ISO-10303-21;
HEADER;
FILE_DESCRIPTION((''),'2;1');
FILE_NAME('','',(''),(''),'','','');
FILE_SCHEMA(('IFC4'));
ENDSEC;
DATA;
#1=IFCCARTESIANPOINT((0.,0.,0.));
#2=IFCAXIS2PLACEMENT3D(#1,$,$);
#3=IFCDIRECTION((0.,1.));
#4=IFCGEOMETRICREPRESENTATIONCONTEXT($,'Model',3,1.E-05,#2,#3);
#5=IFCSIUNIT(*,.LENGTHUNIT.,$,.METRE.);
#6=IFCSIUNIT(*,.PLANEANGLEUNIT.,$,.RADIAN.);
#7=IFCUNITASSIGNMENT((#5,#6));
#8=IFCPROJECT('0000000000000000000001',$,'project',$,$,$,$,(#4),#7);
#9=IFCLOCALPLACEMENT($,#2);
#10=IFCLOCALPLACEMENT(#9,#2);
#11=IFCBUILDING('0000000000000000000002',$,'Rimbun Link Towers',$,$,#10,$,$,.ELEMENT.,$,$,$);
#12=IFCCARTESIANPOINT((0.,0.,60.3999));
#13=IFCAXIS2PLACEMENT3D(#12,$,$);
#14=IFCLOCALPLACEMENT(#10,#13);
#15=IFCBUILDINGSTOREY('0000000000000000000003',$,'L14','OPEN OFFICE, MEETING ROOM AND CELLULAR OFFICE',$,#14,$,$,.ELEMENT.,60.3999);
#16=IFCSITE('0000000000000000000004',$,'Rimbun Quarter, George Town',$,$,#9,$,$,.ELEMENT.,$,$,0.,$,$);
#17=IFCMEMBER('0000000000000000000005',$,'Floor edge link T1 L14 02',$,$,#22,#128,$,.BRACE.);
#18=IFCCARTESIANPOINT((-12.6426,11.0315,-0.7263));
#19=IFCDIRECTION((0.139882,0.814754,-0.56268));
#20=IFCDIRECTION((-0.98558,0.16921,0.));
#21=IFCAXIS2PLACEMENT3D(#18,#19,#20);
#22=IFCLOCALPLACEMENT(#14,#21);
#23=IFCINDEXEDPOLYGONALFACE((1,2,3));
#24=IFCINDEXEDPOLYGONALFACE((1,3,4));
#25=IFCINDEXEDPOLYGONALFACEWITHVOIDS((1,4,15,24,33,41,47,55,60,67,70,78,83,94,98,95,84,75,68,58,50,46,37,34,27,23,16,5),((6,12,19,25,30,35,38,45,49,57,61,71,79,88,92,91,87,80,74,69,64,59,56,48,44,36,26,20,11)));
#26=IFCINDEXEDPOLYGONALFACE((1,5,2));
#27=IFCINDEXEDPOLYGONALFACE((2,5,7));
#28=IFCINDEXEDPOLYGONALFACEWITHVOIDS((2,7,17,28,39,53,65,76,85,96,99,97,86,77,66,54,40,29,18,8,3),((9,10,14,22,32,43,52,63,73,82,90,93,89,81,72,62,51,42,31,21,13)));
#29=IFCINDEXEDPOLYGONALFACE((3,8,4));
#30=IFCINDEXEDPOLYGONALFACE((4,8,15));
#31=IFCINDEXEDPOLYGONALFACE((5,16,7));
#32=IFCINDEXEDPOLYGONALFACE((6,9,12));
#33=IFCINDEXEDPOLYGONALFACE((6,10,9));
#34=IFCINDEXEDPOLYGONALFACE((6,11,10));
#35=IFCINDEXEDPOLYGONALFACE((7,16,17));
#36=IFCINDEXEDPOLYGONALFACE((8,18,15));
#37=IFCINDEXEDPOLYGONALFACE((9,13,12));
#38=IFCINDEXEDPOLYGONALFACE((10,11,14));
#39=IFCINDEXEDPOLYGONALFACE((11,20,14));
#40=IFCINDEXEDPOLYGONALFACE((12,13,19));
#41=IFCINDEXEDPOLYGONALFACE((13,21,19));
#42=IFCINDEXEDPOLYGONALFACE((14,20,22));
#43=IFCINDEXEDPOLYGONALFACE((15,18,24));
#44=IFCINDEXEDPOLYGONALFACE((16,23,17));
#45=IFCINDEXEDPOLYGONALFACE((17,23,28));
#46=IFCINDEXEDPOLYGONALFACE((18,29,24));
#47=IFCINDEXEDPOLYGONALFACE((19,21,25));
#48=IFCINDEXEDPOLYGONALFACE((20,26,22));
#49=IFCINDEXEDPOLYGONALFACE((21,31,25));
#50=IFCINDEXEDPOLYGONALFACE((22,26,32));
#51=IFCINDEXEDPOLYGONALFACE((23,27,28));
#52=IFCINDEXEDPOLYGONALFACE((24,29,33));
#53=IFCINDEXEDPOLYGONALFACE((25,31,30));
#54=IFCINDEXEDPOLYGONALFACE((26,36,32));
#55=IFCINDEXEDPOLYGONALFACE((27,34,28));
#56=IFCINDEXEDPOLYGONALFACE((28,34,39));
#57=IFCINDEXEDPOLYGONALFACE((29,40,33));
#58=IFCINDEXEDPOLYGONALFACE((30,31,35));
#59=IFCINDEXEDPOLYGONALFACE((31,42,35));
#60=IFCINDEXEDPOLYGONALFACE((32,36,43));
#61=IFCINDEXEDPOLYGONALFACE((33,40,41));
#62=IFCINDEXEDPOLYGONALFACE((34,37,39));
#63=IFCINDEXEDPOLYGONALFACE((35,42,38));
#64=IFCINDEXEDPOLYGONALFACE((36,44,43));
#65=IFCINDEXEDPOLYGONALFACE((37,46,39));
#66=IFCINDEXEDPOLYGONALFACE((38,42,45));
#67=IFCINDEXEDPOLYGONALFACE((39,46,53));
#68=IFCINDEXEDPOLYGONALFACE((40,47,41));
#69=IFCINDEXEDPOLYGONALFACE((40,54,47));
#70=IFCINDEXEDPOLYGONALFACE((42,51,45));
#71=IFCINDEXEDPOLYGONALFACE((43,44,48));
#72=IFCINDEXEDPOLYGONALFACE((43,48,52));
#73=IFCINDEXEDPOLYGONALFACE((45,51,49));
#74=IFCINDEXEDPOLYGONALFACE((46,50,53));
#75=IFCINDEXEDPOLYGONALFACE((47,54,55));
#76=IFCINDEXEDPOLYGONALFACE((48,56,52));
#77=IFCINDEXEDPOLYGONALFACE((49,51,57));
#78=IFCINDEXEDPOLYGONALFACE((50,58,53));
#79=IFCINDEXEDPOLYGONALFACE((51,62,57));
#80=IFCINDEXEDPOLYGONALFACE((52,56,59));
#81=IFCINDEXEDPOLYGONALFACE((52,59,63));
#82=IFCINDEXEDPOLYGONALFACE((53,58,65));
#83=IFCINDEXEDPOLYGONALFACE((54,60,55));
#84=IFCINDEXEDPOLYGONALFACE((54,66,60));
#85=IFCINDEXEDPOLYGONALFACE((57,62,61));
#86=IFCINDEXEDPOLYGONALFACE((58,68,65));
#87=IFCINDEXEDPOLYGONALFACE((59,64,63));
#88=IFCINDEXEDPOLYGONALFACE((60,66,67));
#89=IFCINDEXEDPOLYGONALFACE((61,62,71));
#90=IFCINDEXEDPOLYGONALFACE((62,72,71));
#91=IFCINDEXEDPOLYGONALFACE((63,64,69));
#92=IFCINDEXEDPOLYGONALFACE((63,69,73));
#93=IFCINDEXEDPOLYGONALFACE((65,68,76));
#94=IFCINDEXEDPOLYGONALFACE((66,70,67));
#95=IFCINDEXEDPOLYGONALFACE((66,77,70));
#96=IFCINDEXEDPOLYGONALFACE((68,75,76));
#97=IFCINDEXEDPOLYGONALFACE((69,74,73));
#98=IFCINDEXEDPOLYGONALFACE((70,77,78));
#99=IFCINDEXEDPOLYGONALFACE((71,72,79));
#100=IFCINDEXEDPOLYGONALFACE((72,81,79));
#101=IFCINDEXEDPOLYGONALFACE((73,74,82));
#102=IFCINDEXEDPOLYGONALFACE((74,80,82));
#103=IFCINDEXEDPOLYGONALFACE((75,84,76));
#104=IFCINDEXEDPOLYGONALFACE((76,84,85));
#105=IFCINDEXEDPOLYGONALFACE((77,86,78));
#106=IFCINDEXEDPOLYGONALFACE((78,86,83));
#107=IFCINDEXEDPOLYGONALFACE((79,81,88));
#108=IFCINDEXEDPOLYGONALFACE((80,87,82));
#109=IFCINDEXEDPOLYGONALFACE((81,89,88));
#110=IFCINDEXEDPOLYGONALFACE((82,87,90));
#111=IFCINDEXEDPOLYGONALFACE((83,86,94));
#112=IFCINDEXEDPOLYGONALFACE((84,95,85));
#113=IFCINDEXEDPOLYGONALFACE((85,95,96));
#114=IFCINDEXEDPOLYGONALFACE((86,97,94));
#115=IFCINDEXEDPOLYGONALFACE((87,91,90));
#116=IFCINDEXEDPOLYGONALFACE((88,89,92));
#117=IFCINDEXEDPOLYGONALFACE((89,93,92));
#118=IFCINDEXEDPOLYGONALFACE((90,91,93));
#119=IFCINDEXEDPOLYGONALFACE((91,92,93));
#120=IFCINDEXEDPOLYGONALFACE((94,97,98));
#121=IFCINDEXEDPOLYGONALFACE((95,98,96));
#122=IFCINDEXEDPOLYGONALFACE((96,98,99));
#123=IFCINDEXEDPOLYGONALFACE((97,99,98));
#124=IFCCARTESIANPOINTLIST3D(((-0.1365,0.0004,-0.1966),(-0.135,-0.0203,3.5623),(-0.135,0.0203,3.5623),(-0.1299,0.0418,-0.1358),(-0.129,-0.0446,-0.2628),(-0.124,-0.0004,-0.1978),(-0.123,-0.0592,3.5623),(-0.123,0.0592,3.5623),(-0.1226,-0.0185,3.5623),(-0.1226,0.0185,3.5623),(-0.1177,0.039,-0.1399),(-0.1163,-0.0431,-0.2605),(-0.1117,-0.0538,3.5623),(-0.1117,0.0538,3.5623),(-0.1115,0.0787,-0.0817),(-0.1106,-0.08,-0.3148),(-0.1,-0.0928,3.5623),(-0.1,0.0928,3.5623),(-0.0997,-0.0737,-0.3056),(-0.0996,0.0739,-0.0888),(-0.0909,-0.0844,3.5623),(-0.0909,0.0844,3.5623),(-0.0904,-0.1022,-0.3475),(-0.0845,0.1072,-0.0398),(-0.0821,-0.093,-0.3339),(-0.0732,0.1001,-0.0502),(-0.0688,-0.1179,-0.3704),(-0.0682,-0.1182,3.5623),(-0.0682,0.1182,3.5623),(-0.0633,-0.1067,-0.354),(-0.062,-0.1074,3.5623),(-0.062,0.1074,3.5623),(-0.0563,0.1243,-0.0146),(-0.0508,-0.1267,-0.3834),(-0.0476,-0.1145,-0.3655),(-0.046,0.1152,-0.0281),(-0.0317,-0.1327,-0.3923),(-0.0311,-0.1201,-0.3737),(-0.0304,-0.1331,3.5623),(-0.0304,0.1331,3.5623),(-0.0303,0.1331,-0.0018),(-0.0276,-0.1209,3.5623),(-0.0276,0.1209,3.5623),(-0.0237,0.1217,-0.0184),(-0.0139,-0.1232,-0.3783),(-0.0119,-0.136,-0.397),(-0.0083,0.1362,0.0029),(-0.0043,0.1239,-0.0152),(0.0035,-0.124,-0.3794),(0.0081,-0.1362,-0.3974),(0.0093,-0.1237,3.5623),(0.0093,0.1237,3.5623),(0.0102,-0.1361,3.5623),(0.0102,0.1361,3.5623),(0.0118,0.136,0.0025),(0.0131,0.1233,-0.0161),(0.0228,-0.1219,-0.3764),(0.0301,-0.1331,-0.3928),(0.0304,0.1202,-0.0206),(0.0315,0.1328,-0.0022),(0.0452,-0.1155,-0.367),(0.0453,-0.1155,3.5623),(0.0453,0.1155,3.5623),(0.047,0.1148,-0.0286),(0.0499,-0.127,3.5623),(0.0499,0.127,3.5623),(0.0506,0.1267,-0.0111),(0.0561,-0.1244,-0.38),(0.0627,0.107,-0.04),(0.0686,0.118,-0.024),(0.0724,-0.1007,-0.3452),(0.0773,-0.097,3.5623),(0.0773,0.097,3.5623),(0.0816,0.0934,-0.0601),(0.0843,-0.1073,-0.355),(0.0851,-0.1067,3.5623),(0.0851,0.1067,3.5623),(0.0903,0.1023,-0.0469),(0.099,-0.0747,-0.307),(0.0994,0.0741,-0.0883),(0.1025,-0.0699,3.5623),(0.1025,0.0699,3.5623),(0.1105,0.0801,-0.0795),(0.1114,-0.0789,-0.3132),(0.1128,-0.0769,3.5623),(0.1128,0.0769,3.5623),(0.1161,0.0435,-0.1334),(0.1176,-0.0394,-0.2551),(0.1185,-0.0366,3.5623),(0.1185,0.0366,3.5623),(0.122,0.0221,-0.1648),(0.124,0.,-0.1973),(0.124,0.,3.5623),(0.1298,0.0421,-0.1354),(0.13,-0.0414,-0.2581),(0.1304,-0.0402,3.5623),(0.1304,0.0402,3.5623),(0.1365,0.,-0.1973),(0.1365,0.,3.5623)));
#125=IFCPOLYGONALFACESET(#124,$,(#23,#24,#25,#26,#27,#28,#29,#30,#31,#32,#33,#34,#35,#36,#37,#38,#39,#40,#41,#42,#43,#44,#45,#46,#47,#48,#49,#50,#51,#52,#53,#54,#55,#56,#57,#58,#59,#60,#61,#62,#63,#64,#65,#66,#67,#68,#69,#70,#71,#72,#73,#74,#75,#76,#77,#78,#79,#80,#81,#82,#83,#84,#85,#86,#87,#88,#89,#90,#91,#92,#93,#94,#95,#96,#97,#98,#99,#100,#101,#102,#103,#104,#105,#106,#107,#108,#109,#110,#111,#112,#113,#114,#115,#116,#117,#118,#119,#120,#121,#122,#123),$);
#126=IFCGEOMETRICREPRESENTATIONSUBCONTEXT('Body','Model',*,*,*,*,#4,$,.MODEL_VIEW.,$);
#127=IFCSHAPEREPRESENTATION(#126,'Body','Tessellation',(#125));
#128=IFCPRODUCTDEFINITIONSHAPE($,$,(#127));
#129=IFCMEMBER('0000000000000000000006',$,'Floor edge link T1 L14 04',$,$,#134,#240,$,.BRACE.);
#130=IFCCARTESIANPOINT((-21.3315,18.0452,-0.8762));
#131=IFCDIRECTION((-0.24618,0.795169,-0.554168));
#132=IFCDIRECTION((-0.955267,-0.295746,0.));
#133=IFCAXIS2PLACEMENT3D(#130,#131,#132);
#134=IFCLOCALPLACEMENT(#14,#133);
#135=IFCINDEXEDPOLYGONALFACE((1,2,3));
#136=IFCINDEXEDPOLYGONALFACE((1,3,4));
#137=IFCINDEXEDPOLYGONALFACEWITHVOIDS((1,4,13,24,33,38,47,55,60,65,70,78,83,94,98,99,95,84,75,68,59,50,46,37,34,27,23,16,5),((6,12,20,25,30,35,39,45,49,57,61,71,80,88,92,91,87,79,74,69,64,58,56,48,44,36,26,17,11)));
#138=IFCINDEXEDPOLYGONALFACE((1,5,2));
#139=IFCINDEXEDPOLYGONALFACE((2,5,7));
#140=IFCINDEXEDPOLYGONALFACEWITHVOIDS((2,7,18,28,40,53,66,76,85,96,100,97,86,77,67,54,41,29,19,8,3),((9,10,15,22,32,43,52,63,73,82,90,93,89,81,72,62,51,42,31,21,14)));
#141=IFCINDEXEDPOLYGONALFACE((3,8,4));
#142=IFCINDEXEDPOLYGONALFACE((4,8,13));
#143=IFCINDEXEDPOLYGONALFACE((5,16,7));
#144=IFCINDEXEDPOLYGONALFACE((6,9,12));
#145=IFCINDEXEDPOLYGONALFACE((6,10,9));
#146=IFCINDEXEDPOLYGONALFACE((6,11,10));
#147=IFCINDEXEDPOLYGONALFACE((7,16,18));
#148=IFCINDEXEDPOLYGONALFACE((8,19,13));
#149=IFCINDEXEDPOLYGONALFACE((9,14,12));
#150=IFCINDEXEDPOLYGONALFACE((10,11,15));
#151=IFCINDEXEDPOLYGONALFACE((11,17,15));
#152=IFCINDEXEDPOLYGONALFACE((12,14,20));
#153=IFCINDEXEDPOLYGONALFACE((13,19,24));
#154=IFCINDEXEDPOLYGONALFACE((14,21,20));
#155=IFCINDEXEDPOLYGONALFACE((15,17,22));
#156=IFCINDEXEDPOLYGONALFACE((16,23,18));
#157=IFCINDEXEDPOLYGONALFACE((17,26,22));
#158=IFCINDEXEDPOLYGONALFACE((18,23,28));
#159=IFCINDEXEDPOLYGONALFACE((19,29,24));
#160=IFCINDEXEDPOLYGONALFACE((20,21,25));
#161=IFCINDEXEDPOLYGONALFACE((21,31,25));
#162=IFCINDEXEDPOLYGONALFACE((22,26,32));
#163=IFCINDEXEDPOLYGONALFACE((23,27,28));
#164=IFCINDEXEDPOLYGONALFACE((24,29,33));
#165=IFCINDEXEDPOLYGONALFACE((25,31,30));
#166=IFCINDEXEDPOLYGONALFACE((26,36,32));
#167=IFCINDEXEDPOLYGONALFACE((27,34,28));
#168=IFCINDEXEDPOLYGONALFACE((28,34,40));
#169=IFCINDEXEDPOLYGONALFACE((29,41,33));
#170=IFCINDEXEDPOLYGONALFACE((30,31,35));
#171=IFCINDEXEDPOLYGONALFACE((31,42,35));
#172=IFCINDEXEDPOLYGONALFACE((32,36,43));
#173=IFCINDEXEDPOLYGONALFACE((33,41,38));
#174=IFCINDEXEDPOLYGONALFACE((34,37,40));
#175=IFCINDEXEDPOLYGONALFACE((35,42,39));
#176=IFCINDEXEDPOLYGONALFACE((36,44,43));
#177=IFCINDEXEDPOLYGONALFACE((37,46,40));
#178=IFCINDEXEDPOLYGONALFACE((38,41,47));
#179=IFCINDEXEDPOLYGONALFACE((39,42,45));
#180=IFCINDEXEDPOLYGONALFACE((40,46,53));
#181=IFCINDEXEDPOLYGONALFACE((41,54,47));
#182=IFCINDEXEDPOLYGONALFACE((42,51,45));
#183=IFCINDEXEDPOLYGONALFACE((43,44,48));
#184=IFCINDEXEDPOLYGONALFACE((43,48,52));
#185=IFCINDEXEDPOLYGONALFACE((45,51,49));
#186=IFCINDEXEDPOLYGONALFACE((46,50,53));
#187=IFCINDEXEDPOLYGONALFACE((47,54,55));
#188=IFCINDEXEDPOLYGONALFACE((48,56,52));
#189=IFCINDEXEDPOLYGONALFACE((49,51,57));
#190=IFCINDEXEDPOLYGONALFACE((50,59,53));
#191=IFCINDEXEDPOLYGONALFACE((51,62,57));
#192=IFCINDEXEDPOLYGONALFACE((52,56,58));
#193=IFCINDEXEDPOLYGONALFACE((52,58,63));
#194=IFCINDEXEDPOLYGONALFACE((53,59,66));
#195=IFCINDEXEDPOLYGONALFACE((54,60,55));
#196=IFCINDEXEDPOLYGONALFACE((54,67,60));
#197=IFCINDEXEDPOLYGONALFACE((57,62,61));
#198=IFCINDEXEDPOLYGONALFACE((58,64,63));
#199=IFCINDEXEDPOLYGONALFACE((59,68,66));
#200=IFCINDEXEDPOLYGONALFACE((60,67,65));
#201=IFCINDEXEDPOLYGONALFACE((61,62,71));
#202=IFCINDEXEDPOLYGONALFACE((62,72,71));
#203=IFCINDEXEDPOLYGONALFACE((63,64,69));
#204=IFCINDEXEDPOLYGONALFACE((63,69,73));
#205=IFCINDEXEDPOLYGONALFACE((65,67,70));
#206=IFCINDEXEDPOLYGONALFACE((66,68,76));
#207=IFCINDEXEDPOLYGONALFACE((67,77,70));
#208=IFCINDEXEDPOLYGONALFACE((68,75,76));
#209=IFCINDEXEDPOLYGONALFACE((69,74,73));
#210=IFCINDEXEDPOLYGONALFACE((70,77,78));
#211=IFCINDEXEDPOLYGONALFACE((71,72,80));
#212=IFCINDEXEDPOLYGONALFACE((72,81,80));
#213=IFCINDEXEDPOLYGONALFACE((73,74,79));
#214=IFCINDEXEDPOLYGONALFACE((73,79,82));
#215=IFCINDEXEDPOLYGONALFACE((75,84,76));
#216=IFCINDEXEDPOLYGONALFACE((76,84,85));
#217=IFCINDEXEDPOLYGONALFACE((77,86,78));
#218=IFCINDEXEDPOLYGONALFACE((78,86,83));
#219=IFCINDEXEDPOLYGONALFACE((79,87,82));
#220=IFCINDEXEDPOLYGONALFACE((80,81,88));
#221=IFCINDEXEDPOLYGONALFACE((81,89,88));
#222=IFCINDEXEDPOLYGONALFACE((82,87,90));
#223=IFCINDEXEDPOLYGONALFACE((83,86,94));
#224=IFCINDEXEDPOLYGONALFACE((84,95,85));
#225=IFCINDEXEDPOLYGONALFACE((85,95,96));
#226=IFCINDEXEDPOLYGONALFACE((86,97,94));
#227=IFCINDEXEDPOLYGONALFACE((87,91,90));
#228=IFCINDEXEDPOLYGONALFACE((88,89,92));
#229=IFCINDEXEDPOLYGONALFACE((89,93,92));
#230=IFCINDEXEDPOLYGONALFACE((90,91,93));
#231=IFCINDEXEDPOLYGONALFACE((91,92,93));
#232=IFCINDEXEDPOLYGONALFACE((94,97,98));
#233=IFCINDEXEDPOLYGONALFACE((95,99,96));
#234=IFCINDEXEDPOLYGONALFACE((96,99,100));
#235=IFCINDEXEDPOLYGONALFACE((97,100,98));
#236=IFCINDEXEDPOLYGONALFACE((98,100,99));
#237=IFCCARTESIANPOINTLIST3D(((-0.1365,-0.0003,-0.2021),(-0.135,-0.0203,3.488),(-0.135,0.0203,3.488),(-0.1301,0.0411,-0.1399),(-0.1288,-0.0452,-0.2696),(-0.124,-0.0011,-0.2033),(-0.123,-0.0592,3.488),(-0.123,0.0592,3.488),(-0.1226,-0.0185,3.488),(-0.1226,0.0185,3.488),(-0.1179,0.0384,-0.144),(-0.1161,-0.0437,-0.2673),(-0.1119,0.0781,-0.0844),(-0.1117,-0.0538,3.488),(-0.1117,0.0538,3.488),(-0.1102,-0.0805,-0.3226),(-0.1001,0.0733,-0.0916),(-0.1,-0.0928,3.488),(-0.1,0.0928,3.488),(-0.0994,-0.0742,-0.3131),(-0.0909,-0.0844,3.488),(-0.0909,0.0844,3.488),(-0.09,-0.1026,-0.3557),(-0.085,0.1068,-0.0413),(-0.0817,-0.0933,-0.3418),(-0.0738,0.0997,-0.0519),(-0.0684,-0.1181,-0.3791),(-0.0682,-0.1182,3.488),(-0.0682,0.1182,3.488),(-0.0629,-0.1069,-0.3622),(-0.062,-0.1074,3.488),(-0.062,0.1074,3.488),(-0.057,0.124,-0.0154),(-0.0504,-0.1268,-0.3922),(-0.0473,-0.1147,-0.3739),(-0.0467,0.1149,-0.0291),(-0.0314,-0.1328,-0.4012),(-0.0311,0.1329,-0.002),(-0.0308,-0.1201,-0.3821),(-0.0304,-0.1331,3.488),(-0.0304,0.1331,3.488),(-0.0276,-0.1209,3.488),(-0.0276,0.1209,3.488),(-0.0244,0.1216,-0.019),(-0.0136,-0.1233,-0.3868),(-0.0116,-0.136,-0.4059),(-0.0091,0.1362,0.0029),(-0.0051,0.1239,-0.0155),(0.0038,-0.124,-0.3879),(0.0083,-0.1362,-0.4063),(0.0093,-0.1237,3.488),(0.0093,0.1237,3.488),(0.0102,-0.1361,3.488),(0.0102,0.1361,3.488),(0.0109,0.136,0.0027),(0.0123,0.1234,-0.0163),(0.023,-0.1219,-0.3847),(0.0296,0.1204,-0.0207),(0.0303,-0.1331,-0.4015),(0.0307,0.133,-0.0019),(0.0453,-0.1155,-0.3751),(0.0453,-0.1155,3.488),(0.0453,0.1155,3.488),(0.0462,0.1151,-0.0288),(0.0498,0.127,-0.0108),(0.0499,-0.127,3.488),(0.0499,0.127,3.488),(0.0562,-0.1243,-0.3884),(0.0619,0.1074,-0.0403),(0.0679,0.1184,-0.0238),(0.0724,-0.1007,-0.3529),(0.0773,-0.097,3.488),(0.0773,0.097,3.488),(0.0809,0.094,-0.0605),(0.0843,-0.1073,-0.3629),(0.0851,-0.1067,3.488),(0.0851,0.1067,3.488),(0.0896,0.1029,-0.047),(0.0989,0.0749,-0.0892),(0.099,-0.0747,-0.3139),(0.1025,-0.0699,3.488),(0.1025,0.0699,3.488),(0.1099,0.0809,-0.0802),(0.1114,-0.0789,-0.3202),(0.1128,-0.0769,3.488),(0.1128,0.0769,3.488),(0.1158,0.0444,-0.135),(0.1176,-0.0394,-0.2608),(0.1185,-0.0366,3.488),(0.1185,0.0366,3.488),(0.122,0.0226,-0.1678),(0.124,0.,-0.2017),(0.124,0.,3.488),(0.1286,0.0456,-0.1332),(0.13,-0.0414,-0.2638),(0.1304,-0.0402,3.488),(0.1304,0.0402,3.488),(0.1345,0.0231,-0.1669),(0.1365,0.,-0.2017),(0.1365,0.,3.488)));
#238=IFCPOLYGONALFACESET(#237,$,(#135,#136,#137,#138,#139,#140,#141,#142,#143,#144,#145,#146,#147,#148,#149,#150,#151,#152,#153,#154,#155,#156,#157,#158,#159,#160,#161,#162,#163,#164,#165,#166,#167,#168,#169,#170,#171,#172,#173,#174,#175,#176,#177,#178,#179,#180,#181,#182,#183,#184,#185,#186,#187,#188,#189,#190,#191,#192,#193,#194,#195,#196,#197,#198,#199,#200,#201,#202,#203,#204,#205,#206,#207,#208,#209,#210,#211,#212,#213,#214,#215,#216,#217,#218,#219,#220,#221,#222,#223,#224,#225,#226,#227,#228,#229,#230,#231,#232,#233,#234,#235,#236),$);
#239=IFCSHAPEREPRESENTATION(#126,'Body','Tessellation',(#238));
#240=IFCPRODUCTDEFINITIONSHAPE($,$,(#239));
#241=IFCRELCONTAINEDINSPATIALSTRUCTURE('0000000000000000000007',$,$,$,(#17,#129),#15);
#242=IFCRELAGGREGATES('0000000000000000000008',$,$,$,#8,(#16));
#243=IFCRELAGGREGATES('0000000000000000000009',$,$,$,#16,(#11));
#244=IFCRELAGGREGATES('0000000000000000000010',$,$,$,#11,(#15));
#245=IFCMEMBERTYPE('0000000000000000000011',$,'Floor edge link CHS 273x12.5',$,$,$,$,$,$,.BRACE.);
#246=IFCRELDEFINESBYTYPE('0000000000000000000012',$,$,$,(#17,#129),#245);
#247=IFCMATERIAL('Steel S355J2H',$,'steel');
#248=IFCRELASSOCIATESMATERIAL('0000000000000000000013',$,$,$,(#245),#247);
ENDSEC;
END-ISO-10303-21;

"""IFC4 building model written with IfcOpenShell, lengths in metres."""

from ifc_helpers import new_model, si_unit, direction, frame, origin, origin_2d, place, context, subcontext, project, spatial, hollow_circle, extrude, clip, halfspace, material, material_profile, profile_set, type_object, element, save


model = new_model("IFC4")

# Units and contexts
model_context = context("Model", 3, precision=1e-05, world=origin(), true_north=direction((0.0, 1.0)))
body_context = subcontext(model_context, "Body", "Model", "MODEL_VIEW")
ifc_project = project(units=[si_unit("LENGTHUNIT", "METRE"), si_unit("PLANEANGLEUNIT", "RADIAN")], contexts=[model_context])

# Site, building, storey
site_placement = place(None, origin())
site = spatial("IfcSite", under=ifc_project, at=site_placement, Name="Rimbun Quarter, George Town", CompositionType="ELEMENT", RefElevation=0.0)
building_placement = place(site_placement, origin())
building = spatial("IfcBuilding", under=site, at=building_placement, Name="Rimbun Link Towers", CompositionType="ELEMENT")
storey_placement = place(building_placement, frame((0.0, 0.0, 60.3999)))
storey = spatial("IfcBuildingStorey", under=building, at=storey_placement, Name="L14", Description="OPEN OFFICE, MEETING ROOM AND CELLULAR OFFICE", CompositionType="ELEMENT", Elevation=60.3999)

# Members
ifc_material_1 = material(Name="Steel S355J2H", Category="steel")
ifc_material_profile_1 = material_profile(ifc_material_1, hollow_circle(Radius=0.1365, WallThickness=0.0125, at=origin_2d()), Name="CHS 273x12.5")
ifc_profile_set_1 = profile_set([ifc_material_profile_1], Name="Steel S355J2H")
member_type_1 = type_object("IfcMemberType", Name="Floor edge link CHS 273x12.5", PredefinedType="BRACE", material=ifc_profile_set_1)
member_1_placement = place(storey_placement, frame((-12.6426, 11.0315, -0.7263), z_axis=(0.139882, 0.814754, -0.56268), x_axis=(-0.98558, 0.16921, 0.0)))
element("IfcMember", 1, at=member_1_placement, inside=storey, type_object=member_type_1, Name="Floor edge link T1 L14 02", PredefinedType="BRACE", context=body_context, shape_type="Clipping", body=[
    clip(extrude(hollow_circle(Radius=0.1365, WallThickness=0.0125, at=origin_2d()), frame((0.0, 0.0, -0.4189)), (0.0, 0.0, 1.0), 3.9812), halfspace(frame((0.0, 0.0, -0.1973), z_axis=(0.0, 0.826675, -0.56268)), False)),
])
member_2_placement = place(storey_placement, frame((-21.3315, 18.0452, -0.8762), z_axis=(-0.24618, 0.795169, -0.554168), x_axis=(-0.955267, -0.295746, 0.0)))
element("IfcMember", 2, at=member_2_placement, inside=storey, type_object=member_type_1, Name="Floor edge link T1 L14 04", PredefinedType="BRACE", context=body_context, shape_type="Clipping", body=[
    clip(extrude(hollow_circle(Radius=0.1365, WallThickness=0.0125, at=origin_2d()), frame((0.0, 0.0, -0.428)), (0.0, 0.0, 1.0), 3.916), halfspace(frame((0.0, 0.0, -0.2017), z_axis=(0.0, 0.832405, -0.554168)), False)),
])

save(model, "model.ifc")
